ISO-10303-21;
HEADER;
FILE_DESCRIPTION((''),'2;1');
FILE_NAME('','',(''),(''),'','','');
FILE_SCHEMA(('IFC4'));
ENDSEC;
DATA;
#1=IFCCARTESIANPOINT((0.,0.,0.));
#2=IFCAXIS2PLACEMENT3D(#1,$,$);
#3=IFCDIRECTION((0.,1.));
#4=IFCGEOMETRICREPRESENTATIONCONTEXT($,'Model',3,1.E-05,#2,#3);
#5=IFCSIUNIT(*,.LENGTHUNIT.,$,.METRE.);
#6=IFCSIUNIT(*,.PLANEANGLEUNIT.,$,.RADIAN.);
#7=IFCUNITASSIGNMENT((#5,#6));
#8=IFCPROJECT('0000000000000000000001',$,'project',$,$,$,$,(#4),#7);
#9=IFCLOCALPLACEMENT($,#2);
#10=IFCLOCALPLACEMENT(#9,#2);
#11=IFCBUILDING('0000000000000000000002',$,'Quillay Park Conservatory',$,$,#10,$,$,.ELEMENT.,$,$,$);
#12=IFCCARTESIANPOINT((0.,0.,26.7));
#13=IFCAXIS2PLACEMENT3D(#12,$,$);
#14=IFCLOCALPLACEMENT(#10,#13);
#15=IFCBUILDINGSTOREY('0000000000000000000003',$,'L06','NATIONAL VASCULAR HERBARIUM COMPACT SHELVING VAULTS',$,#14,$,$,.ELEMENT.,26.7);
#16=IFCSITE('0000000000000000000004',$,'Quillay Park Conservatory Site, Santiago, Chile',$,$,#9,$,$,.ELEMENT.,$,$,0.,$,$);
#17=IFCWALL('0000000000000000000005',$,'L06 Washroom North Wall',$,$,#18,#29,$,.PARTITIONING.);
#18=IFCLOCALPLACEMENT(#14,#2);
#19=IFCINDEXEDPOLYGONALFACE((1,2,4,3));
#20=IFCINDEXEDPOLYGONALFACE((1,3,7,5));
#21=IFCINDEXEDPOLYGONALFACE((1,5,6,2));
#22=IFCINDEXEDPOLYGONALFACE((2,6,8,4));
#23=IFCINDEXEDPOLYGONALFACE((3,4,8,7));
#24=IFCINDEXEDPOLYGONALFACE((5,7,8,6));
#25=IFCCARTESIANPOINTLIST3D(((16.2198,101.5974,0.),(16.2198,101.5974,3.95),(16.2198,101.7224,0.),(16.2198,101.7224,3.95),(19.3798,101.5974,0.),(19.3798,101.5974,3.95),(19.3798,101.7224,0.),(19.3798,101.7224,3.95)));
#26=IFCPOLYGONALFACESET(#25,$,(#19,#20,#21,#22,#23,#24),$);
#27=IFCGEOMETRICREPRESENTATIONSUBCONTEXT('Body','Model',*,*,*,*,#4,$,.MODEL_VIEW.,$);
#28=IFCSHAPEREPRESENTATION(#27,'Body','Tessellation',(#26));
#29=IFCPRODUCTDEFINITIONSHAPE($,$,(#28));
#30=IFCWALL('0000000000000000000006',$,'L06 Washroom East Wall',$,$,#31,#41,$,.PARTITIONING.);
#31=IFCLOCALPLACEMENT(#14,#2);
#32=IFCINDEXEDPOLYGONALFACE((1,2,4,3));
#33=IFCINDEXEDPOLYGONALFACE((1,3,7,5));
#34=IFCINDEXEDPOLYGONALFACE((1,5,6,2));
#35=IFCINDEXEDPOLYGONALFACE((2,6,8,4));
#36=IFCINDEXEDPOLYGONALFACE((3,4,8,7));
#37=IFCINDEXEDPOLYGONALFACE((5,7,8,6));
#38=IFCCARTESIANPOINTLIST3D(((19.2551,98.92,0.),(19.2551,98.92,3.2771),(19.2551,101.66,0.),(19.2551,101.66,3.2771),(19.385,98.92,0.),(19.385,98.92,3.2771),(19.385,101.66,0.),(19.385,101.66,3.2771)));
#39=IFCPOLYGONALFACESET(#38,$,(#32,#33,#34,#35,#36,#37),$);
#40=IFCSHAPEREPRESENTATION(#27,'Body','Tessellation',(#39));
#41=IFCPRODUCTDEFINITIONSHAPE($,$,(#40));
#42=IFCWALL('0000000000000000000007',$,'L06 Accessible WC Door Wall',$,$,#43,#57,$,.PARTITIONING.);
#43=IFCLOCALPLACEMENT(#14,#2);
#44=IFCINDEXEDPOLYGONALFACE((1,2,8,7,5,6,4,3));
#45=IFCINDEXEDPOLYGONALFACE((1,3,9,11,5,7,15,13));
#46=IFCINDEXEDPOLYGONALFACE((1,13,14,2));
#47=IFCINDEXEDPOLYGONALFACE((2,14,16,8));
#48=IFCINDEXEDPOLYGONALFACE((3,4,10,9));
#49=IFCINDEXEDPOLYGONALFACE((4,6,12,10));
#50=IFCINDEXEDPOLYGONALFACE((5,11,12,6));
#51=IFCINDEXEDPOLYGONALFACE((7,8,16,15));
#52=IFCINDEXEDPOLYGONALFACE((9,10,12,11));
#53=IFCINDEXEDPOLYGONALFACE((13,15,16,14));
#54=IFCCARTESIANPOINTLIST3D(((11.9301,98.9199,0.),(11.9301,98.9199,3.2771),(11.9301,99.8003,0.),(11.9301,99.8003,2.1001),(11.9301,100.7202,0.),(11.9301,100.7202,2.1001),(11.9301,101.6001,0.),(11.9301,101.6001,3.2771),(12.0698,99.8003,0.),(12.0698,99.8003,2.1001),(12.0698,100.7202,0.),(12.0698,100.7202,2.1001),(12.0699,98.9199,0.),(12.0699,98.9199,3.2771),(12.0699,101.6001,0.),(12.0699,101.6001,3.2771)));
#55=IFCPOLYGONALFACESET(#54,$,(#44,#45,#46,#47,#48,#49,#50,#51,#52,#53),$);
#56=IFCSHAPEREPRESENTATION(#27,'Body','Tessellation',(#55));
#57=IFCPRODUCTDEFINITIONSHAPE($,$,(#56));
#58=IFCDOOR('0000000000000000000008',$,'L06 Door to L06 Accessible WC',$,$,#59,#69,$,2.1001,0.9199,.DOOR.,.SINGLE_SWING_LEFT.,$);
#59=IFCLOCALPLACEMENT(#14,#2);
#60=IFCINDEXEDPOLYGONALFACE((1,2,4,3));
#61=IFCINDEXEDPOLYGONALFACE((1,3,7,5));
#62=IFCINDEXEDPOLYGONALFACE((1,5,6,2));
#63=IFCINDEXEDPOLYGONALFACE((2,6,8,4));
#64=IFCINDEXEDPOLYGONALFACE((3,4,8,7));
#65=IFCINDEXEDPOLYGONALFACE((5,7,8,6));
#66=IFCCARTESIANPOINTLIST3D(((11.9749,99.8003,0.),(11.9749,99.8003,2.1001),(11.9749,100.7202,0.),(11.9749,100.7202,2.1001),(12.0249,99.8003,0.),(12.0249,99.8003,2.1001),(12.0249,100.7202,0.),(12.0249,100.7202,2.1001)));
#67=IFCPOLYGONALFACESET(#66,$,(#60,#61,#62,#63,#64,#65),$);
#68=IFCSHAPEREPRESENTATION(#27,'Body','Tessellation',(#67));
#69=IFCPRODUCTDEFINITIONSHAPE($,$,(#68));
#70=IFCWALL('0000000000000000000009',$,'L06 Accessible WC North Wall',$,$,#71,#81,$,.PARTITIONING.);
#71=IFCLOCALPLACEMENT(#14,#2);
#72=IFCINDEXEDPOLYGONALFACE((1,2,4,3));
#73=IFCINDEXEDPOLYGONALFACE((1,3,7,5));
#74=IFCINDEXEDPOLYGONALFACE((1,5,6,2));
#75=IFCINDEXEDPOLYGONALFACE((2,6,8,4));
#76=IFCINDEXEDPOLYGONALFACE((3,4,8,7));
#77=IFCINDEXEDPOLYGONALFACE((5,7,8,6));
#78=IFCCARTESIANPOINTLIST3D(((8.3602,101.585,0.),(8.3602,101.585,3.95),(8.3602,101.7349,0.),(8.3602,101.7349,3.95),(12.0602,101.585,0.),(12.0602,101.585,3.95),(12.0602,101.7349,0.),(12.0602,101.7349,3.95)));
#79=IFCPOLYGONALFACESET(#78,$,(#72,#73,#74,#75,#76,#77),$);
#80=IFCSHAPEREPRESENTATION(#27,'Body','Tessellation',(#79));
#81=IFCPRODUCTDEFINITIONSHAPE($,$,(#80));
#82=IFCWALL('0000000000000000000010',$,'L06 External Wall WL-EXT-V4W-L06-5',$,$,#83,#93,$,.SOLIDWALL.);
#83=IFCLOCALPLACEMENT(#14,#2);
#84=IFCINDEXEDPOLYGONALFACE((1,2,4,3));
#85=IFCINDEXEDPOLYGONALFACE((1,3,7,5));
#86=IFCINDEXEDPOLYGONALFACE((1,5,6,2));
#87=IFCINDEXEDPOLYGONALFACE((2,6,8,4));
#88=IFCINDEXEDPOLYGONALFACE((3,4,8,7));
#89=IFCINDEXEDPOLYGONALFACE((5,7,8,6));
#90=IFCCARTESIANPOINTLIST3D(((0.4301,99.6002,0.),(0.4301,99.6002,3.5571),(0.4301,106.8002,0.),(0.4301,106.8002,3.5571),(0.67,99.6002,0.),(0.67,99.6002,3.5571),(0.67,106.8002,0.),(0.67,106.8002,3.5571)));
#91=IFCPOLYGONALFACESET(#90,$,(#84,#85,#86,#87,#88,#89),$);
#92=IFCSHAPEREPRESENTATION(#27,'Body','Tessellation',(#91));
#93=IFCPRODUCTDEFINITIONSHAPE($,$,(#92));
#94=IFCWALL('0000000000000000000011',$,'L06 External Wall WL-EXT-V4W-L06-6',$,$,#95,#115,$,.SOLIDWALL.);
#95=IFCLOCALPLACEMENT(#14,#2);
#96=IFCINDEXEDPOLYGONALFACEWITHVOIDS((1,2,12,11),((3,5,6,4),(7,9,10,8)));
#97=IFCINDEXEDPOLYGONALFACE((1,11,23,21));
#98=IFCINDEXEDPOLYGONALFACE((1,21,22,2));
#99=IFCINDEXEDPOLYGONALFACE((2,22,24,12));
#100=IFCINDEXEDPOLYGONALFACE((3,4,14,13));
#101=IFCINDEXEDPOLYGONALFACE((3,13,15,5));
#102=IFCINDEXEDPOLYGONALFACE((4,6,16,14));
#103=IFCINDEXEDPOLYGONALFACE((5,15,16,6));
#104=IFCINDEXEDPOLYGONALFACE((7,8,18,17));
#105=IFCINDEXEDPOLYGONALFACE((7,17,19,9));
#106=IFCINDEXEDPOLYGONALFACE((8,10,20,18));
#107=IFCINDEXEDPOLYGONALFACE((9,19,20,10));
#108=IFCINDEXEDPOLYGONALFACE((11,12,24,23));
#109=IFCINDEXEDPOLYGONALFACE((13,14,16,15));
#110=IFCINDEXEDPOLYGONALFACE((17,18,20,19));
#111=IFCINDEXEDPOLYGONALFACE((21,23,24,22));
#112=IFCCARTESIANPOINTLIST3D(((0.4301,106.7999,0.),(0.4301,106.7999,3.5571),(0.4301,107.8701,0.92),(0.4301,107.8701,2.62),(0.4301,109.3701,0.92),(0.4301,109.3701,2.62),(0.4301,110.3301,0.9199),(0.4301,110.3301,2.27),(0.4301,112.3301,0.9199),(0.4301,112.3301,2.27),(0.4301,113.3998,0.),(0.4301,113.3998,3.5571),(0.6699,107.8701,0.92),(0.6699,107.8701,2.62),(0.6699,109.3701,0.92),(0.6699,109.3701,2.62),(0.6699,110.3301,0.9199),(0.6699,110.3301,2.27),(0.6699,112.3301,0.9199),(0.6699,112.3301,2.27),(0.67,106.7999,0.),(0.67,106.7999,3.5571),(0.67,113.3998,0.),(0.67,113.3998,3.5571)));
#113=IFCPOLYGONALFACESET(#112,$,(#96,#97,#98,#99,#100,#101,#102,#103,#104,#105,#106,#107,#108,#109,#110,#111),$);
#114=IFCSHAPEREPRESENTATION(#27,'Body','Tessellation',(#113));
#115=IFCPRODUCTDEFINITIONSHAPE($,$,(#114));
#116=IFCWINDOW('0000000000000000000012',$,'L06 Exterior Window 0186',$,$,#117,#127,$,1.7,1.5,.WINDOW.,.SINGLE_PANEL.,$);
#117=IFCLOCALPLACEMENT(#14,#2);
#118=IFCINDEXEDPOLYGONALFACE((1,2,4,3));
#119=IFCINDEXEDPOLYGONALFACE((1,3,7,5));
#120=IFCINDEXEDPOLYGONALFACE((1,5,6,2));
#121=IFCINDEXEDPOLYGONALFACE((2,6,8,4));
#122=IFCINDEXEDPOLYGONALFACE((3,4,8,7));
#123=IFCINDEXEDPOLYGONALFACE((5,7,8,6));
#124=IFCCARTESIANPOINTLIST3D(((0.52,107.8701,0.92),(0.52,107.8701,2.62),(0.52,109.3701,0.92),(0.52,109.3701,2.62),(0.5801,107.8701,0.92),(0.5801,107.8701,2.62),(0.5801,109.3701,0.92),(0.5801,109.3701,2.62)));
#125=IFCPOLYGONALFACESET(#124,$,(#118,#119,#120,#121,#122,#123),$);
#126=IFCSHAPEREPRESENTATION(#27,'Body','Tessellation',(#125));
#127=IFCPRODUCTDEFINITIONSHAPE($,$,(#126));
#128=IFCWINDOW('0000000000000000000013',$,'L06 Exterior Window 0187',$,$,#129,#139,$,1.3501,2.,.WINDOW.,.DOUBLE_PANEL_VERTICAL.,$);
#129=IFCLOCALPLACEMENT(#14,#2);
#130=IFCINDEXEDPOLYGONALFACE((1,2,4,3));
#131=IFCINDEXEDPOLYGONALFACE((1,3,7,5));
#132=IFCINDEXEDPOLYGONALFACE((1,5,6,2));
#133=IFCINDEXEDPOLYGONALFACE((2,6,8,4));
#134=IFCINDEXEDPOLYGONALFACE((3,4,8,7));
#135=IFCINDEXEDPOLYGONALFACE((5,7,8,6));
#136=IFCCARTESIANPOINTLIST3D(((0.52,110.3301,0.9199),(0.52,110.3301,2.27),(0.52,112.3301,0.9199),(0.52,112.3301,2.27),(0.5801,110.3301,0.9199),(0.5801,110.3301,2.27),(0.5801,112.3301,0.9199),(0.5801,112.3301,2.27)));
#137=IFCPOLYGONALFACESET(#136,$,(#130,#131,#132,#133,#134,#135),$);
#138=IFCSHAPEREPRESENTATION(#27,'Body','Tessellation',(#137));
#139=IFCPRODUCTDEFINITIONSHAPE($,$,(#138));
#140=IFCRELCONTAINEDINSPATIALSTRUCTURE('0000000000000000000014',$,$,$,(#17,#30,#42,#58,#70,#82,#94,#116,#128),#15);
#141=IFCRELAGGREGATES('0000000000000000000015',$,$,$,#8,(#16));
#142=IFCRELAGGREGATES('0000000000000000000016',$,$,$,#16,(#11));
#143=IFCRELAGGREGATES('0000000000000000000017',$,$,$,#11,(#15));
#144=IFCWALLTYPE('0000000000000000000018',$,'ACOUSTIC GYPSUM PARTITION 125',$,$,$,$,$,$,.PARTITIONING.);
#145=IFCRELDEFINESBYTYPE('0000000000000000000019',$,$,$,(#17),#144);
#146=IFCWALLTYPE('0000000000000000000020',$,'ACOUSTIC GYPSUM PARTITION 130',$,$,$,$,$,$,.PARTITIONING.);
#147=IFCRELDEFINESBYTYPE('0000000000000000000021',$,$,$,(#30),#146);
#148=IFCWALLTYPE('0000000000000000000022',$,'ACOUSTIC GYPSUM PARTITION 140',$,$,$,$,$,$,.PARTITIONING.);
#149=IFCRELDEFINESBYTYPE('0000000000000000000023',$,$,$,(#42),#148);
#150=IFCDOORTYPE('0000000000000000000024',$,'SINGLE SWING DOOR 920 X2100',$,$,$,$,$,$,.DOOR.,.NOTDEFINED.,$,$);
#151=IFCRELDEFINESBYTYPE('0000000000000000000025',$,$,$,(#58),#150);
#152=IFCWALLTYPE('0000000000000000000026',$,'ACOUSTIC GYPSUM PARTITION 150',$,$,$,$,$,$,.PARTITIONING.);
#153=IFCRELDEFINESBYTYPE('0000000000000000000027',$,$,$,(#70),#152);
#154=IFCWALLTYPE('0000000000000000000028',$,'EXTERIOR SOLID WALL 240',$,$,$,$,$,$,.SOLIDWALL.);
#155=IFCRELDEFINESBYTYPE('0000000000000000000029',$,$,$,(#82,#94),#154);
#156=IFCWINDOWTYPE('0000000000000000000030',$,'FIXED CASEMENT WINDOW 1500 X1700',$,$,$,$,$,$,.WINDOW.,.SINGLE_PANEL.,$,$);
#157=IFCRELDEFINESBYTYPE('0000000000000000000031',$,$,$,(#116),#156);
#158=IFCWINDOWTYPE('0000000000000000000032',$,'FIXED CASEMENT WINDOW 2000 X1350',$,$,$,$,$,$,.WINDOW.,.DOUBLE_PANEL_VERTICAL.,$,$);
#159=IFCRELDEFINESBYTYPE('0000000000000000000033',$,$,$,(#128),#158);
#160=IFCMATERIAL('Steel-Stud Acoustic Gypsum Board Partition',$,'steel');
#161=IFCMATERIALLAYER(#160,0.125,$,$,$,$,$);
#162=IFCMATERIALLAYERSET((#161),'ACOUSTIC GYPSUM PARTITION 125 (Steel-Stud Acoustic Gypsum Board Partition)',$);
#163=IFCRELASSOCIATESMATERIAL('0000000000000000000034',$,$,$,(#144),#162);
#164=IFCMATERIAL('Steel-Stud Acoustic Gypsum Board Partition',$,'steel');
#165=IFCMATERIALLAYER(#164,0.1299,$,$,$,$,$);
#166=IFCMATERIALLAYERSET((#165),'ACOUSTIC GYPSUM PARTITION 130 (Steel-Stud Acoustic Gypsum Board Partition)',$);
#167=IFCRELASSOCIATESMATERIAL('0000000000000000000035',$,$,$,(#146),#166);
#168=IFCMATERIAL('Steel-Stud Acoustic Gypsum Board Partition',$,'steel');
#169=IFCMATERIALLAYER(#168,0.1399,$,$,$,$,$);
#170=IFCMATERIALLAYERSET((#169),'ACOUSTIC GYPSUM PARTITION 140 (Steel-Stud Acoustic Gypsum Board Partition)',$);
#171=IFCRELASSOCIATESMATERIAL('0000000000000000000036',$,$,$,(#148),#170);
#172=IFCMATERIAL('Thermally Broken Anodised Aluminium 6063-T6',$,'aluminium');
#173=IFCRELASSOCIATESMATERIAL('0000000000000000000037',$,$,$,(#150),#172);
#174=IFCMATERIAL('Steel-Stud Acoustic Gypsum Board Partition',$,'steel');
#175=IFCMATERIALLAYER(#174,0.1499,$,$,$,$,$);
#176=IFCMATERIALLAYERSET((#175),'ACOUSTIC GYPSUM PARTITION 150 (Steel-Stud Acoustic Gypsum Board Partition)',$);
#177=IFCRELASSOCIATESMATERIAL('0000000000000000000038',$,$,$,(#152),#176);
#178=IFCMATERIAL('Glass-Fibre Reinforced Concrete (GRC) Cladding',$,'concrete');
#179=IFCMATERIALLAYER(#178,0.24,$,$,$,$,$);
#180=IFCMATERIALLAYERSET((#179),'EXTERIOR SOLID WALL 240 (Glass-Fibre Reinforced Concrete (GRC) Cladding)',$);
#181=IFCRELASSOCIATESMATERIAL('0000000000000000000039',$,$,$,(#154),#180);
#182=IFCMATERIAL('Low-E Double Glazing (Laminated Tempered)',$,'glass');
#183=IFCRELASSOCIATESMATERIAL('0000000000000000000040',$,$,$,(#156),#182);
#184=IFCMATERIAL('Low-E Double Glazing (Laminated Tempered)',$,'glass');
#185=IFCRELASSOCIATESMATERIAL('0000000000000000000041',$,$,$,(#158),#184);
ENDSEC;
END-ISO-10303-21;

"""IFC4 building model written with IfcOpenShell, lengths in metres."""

from ifc_helpers import new_model, si_unit, direction, frame, frame_2d, origin, place, context, subcontext, project, spatial, rectangle, extrude, material, layer, layer_set, type_object, element, fill, save


model = new_model("IFC4")

# Units and contexts
model_context = context("Model", 3, precision=1e-05, world=origin(), true_north=direction((0.0, 1.0)))
body_context = subcontext(model_context, "Body", "Model", "MODEL_VIEW")
ifc_project = project(units=[si_unit("LENGTHUNIT", "METRE"), si_unit("PLANEANGLEUNIT", "RADIAN")], contexts=[model_context])

# Site, building, storey
site_placement = place(None, origin())
site = spatial("IfcSite", under=ifc_project, at=site_placement, Name="Quillay Park Conservatory Site, Santiago, Chile", CompositionType="ELEMENT", RefElevation=0.0)
building_placement = place(site_placement, origin())
building = spatial("IfcBuilding", under=site, at=building_placement, Name="Quillay Park Conservatory", CompositionType="ELEMENT")
storey_placement = place(building_placement, frame((0.0, 0.0, 26.7)))
storey = spatial("IfcBuildingStorey", under=building, at=storey_placement, Name="L06", Description="NATIONAL VASCULAR HERBARIUM COMPACT SHELVING VAULTS", CompositionType="ELEMENT", Elevation=26.7)

# Walls
ifc_material_1 = material(Name="Steel-Stud Acoustic Gypsum Board Partition", Category="steel")
ifc_layer_1 = layer(ifc_material_1, 0.125)
ifc_layer_set_1 = layer_set([ifc_layer_1], Name="ACOUSTIC GYPSUM PARTITION 125 (Steel-Stud Acoustic Gypsum Board Partition)")
wall_type_1 = type_object("IfcWallType", Name="ACOUSTIC GYPSUM PARTITION 125", PredefinedType="PARTITIONING", material=ifc_layer_set_1)
wall_1_placement = place(storey_placement, frame((19.3799, 101.6599, 0.0), z_axis=(0.0, 0.0, 1.0), x_axis=(-1.0, 0.0, 0.0)))
element("IfcWall", 1, at=wall_1_placement, inside=storey, type_object=wall_type_1, Name="L06 Washroom North Wall", PredefinedType="PARTITIONING", context=body_context, shape_type="SweptSolid", body=[
    extrude(rectangle(XDim=3.1599, YDim=0.125, at=frame_2d((1.5801, 0.0))), origin(), (0.0, 0.0, 1.0), 3.95),
])
ifc_material_2 = material(Name="Steel-Stud Acoustic Gypsum Board Partition", Category="steel")
ifc_layer_2 = layer(ifc_material_2, 0.1299)
ifc_layer_set_2 = layer_set([ifc_layer_2], Name="ACOUSTIC GYPSUM PARTITION 130 (Steel-Stud Acoustic Gypsum Board Partition)")
wall_type_2 = type_object("IfcWallType", Name="ACOUSTIC GYPSUM PARTITION 130", PredefinedType="PARTITIONING", material=ifc_layer_set_2)
wall_2_placement = place(storey_placement, frame((19.3201, 98.9199, 0.0), z_axis=(0.0, 0.0, 1.0), x_axis=(0.0, 1.0, 0.0)))
element("IfcWall", 2, at=wall_2_placement, inside=storey, type_object=wall_type_2, Name="L06 Washroom East Wall", PredefinedType="PARTITIONING", context=body_context, shape_type="SweptSolid", body=[
    extrude(rectangle(XDim=2.74, YDim=0.1299, at=frame_2d((1.3701, 0.0))), origin(), (0.0, 0.0, 1.0), 3.2771),
])

# Wall, opening, door
ifc_material_3 = material(Name="Steel-Stud Acoustic Gypsum Board Partition", Category="steel")
ifc_layer_3 = layer(ifc_material_3, 0.1399)
ifc_layer_set_3 = layer_set([ifc_layer_3], Name="ACOUSTIC GYPSUM PARTITION 140 (Steel-Stud Acoustic Gypsum Board Partition)")
wall_type_3 = type_object("IfcWallType", Name="ACOUSTIC GYPSUM PARTITION 140", PredefinedType="PARTITIONING", material=ifc_layer_set_3)
wall_3_placement = place(storey_placement, frame((12.0, 101.6001, 0.0), z_axis=(0.0, 0.0, 1.0), x_axis=(0.0, -1.0, 0.0)))
wall_3 = element("IfcWall", 3, at=wall_3_placement, inside=storey, type_object=wall_type_3, Name="L06 Accessible WC Door Wall", PredefinedType="PARTITIONING", context=body_context, shape_type="SweptSolid", body=[
    extrude(rectangle(XDim=2.6802, YDim=0.1399, at=frame_2d((1.3401, 0.0))), origin(), (0.0, 0.0, 1.0), 3.2771),
])
opening_1_placement = place(wall_3_placement, frame((0.8799, 0.0, 0.0)))
opening_1 = element("IfcOpeningElement", 4, at=opening_1_placement, cuts=wall_3, PredefinedType="OPENING", context=body_context, shape_type="SweptSolid", body=[
    extrude(rectangle(XDim=0.9199, YDim=2.1001, at=frame_2d((0.46, 1.05))), frame((0.0, 0.0698, 0.0), z_axis=(0.0, -1.0, 0.0), x_axis=(1.0, 0.0, 0.0)), (0.0, 0.0, 1.0), 0.1399),
])
ifc_material_4 = material(Name="Thermally Broken Anodised Aluminium 6063-T6", Category="aluminium")
door_type_1 = type_object("IfcDoorType", Name="SINGLE SWING DOOR 920 X2100", OperationType="NOTDEFINED", PredefinedType="DOOR", material=ifc_material_4)
door_1_placement = place(opening_1_placement, origin())
door_1 = element("IfcDoor", 5, at=door_1_placement, inside=storey, type_object=door_type_1, Name="L06 Door to L06 Accessible WC", OperationType="SINGLE_SWING_LEFT", OverallHeight=2.1001, OverallWidth=0.9199, PredefinedType="DOOR", context=body_context, shape_type="SweptSolid", body=[
    extrude(rectangle(XDim=0.9199, YDim=2.1001, at=frame_2d((0.46, 1.05))), frame((0.0, 0.0249, 0.0), z_axis=(0.0, -1.0, 0.0), x_axis=(1.0, 0.0, 0.0)), (0.0, 0.0, 1.0), 0.05),
])
fill(opening_1, door_1)

# Walls
ifc_material_5 = material(Name="Steel-Stud Acoustic Gypsum Board Partition", Category="steel")
ifc_layer_4 = layer(ifc_material_5, 0.1499)
ifc_layer_set_4 = layer_set([ifc_layer_4], Name="ACOUSTIC GYPSUM PARTITION 150 (Steel-Stud Acoustic Gypsum Board Partition)")
wall_type_4 = type_object("IfcWallType", Name="ACOUSTIC GYPSUM PARTITION 150", PredefinedType="PARTITIONING", material=ifc_layer_set_4)
wall_4_placement = place(storey_placement, frame((8.3601, 101.6599, 0.0), z_axis=(0.0, 0.0, 1.0), x_axis=(1.0, 0.0, 0.0)))
element("IfcWall", 6, at=wall_4_placement, inside=storey, type_object=wall_type_4, Name="L06 Accessible WC North Wall", PredefinedType="PARTITIONING", context=body_context, shape_type="SweptSolid", body=[
    extrude(rectangle(XDim=3.7, YDim=0.1499, at=frame_2d((1.8501, 0.0))), origin(), (0.0, 0.0, 1.0), 3.95),
])
ifc_material_6 = material(Name="Glass-Fibre Reinforced Concrete (GRC) Cladding", Category="concrete")
ifc_layer_5 = layer(ifc_material_6, 0.24)
ifc_layer_set_5 = layer_set([ifc_layer_5], Name="EXTERIOR SOLID WALL 240 (Glass-Fibre Reinforced Concrete (GRC) Cladding)")
wall_type_5 = type_object("IfcWallType", Name="EXTERIOR SOLID WALL 240", PredefinedType="SOLIDWALL", material=ifc_layer_set_5)
wall_5_placement = place(storey_placement, frame((0.55, 99.6001, 0.0), z_axis=(0.0, 0.0, 1.0), x_axis=(0.0, 1.0, 0.0)))
element("IfcWall", 7, at=wall_5_placement, inside=storey, type_object=wall_type_5, Name="L06 External Wall WL-EXT-V4W-L06-5", PredefinedType="SOLIDWALL", context=body_context, shape_type="SweptSolid", body=[
    extrude(rectangle(XDim=7.2, YDim=0.24, at=frame_2d((3.6001, 0.0))), origin(), (0.0, 0.0, 1.0), 3.5571),
])

# Wall, openings, windows
wall_6_placement = place(storey_placement, frame((0.55, 106.8, 0.0), z_axis=(0.0, 0.0, 1.0), x_axis=(0.0, 1.0, 0.0)))
wall_6 = element("IfcWall", 8, at=wall_6_placement, inside=storey, type_object=wall_type_5, Name="L06 External Wall WL-EXT-V4W-L06-6", PredefinedType="SOLIDWALL", context=body_context, shape_type="SweptSolid", body=[
    extrude(rectangle(XDim=6.5999, YDim=0.24, at=frame_2d((3.2998, 0.0))), origin(), (0.0, 0.0, 1.0), 3.5571),
])
opening_2_placement = place(wall_6_placement, frame((1.0701, 0.0, 0.9199)))
opening_2 = element("IfcOpeningElement", 9, at=opening_2_placement, cuts=wall_6, PredefinedType="OPENING", context=body_context, shape_type="SweptSolid", body=[
    extrude(rectangle(XDim=1.5, YDim=1.7, at=frame_2d((0.75, 0.8501))), frame((0.0, 0.1201, 0.0), z_axis=(0.0, -1.0, 0.0), x_axis=(1.0, 0.0, 0.0)), (0.0, 0.0, 1.0), 0.24),
])
opening_3_placement = place(wall_6_placement, frame((3.53, 0.0, 0.9199)))
opening_3 = element("IfcOpeningElement", 10, at=opening_3_placement, cuts=wall_6, PredefinedType="OPENING", context=body_context, shape_type="SweptSolid", body=[
    extrude(rectangle(XDim=2.0, YDim=1.3501, at=frame_2d((1.0, 0.675))), frame((0.0, 0.1201, 0.0), z_axis=(0.0, -1.0, 0.0), x_axis=(1.0, 0.0, 0.0)), (0.0, 0.0, 1.0), 0.24),
])
ifc_material_7 = material(Name="Low-E Double Glazing (Laminated Tempered)", Category="glass")
window_type_1 = type_object("IfcWindowType", Name="FIXED CASEMENT WINDOW 1500 X1700", PartitioningType="SINGLE_PANEL", PredefinedType="WINDOW", material=ifc_material_7)
window_1_placement = place(opening_2_placement, origin())
window_1 = element("IfcWindow", 11, at=window_1_placement, inside=storey, type_object=window_type_1, Name="L06 Exterior Window 0186", OverallHeight=1.7, OverallWidth=1.5, PartitioningType="SINGLE_PANEL", PredefinedType="WINDOW", context=body_context, shape_type="SweptSolid", body=[
    extrude(rectangle(XDim=1.5, YDim=1.7, at=frame_2d((0.75, 0.8501))), frame((0.0, 0.03, 0.0), z_axis=(0.0, -1.0, 0.0), x_axis=(1.0, 0.0, 0.0)), (0.0, 0.0, 1.0), 0.0601),
])
fill(opening_2, window_1)
ifc_material_8 = material(Name="Low-E Double Glazing (Laminated Tempered)", Category="glass")
window_type_2 = type_object("IfcWindowType", Name="FIXED CASEMENT WINDOW 2000 X1350", PartitioningType="DOUBLE_PANEL_VERTICAL", PredefinedType="WINDOW", material=ifc_material_8)
window_2_placement = place(opening_3_placement, origin())
window_2 = element("IfcWindow", 12, at=window_2_placement, inside=storey, type_object=window_type_2, Name="L06 Exterior Window 0187", OverallHeight=1.3501, OverallWidth=2.0, PartitioningType="DOUBLE_PANEL_VERTICAL", PredefinedType="WINDOW", context=body_context, shape_type="SweptSolid", body=[
    extrude(rectangle(XDim=2.0, YDim=1.3501, at=frame_2d((1.0, 0.675))), frame((0.0, 0.03, 0.0), z_axis=(0.0, -1.0, 0.0), x_axis=(1.0, 0.0, 0.0)), (0.0, 0.0, 1.0), 0.0601),
])
fill(opening_3, window_2)

save(model, "model.ifc")
